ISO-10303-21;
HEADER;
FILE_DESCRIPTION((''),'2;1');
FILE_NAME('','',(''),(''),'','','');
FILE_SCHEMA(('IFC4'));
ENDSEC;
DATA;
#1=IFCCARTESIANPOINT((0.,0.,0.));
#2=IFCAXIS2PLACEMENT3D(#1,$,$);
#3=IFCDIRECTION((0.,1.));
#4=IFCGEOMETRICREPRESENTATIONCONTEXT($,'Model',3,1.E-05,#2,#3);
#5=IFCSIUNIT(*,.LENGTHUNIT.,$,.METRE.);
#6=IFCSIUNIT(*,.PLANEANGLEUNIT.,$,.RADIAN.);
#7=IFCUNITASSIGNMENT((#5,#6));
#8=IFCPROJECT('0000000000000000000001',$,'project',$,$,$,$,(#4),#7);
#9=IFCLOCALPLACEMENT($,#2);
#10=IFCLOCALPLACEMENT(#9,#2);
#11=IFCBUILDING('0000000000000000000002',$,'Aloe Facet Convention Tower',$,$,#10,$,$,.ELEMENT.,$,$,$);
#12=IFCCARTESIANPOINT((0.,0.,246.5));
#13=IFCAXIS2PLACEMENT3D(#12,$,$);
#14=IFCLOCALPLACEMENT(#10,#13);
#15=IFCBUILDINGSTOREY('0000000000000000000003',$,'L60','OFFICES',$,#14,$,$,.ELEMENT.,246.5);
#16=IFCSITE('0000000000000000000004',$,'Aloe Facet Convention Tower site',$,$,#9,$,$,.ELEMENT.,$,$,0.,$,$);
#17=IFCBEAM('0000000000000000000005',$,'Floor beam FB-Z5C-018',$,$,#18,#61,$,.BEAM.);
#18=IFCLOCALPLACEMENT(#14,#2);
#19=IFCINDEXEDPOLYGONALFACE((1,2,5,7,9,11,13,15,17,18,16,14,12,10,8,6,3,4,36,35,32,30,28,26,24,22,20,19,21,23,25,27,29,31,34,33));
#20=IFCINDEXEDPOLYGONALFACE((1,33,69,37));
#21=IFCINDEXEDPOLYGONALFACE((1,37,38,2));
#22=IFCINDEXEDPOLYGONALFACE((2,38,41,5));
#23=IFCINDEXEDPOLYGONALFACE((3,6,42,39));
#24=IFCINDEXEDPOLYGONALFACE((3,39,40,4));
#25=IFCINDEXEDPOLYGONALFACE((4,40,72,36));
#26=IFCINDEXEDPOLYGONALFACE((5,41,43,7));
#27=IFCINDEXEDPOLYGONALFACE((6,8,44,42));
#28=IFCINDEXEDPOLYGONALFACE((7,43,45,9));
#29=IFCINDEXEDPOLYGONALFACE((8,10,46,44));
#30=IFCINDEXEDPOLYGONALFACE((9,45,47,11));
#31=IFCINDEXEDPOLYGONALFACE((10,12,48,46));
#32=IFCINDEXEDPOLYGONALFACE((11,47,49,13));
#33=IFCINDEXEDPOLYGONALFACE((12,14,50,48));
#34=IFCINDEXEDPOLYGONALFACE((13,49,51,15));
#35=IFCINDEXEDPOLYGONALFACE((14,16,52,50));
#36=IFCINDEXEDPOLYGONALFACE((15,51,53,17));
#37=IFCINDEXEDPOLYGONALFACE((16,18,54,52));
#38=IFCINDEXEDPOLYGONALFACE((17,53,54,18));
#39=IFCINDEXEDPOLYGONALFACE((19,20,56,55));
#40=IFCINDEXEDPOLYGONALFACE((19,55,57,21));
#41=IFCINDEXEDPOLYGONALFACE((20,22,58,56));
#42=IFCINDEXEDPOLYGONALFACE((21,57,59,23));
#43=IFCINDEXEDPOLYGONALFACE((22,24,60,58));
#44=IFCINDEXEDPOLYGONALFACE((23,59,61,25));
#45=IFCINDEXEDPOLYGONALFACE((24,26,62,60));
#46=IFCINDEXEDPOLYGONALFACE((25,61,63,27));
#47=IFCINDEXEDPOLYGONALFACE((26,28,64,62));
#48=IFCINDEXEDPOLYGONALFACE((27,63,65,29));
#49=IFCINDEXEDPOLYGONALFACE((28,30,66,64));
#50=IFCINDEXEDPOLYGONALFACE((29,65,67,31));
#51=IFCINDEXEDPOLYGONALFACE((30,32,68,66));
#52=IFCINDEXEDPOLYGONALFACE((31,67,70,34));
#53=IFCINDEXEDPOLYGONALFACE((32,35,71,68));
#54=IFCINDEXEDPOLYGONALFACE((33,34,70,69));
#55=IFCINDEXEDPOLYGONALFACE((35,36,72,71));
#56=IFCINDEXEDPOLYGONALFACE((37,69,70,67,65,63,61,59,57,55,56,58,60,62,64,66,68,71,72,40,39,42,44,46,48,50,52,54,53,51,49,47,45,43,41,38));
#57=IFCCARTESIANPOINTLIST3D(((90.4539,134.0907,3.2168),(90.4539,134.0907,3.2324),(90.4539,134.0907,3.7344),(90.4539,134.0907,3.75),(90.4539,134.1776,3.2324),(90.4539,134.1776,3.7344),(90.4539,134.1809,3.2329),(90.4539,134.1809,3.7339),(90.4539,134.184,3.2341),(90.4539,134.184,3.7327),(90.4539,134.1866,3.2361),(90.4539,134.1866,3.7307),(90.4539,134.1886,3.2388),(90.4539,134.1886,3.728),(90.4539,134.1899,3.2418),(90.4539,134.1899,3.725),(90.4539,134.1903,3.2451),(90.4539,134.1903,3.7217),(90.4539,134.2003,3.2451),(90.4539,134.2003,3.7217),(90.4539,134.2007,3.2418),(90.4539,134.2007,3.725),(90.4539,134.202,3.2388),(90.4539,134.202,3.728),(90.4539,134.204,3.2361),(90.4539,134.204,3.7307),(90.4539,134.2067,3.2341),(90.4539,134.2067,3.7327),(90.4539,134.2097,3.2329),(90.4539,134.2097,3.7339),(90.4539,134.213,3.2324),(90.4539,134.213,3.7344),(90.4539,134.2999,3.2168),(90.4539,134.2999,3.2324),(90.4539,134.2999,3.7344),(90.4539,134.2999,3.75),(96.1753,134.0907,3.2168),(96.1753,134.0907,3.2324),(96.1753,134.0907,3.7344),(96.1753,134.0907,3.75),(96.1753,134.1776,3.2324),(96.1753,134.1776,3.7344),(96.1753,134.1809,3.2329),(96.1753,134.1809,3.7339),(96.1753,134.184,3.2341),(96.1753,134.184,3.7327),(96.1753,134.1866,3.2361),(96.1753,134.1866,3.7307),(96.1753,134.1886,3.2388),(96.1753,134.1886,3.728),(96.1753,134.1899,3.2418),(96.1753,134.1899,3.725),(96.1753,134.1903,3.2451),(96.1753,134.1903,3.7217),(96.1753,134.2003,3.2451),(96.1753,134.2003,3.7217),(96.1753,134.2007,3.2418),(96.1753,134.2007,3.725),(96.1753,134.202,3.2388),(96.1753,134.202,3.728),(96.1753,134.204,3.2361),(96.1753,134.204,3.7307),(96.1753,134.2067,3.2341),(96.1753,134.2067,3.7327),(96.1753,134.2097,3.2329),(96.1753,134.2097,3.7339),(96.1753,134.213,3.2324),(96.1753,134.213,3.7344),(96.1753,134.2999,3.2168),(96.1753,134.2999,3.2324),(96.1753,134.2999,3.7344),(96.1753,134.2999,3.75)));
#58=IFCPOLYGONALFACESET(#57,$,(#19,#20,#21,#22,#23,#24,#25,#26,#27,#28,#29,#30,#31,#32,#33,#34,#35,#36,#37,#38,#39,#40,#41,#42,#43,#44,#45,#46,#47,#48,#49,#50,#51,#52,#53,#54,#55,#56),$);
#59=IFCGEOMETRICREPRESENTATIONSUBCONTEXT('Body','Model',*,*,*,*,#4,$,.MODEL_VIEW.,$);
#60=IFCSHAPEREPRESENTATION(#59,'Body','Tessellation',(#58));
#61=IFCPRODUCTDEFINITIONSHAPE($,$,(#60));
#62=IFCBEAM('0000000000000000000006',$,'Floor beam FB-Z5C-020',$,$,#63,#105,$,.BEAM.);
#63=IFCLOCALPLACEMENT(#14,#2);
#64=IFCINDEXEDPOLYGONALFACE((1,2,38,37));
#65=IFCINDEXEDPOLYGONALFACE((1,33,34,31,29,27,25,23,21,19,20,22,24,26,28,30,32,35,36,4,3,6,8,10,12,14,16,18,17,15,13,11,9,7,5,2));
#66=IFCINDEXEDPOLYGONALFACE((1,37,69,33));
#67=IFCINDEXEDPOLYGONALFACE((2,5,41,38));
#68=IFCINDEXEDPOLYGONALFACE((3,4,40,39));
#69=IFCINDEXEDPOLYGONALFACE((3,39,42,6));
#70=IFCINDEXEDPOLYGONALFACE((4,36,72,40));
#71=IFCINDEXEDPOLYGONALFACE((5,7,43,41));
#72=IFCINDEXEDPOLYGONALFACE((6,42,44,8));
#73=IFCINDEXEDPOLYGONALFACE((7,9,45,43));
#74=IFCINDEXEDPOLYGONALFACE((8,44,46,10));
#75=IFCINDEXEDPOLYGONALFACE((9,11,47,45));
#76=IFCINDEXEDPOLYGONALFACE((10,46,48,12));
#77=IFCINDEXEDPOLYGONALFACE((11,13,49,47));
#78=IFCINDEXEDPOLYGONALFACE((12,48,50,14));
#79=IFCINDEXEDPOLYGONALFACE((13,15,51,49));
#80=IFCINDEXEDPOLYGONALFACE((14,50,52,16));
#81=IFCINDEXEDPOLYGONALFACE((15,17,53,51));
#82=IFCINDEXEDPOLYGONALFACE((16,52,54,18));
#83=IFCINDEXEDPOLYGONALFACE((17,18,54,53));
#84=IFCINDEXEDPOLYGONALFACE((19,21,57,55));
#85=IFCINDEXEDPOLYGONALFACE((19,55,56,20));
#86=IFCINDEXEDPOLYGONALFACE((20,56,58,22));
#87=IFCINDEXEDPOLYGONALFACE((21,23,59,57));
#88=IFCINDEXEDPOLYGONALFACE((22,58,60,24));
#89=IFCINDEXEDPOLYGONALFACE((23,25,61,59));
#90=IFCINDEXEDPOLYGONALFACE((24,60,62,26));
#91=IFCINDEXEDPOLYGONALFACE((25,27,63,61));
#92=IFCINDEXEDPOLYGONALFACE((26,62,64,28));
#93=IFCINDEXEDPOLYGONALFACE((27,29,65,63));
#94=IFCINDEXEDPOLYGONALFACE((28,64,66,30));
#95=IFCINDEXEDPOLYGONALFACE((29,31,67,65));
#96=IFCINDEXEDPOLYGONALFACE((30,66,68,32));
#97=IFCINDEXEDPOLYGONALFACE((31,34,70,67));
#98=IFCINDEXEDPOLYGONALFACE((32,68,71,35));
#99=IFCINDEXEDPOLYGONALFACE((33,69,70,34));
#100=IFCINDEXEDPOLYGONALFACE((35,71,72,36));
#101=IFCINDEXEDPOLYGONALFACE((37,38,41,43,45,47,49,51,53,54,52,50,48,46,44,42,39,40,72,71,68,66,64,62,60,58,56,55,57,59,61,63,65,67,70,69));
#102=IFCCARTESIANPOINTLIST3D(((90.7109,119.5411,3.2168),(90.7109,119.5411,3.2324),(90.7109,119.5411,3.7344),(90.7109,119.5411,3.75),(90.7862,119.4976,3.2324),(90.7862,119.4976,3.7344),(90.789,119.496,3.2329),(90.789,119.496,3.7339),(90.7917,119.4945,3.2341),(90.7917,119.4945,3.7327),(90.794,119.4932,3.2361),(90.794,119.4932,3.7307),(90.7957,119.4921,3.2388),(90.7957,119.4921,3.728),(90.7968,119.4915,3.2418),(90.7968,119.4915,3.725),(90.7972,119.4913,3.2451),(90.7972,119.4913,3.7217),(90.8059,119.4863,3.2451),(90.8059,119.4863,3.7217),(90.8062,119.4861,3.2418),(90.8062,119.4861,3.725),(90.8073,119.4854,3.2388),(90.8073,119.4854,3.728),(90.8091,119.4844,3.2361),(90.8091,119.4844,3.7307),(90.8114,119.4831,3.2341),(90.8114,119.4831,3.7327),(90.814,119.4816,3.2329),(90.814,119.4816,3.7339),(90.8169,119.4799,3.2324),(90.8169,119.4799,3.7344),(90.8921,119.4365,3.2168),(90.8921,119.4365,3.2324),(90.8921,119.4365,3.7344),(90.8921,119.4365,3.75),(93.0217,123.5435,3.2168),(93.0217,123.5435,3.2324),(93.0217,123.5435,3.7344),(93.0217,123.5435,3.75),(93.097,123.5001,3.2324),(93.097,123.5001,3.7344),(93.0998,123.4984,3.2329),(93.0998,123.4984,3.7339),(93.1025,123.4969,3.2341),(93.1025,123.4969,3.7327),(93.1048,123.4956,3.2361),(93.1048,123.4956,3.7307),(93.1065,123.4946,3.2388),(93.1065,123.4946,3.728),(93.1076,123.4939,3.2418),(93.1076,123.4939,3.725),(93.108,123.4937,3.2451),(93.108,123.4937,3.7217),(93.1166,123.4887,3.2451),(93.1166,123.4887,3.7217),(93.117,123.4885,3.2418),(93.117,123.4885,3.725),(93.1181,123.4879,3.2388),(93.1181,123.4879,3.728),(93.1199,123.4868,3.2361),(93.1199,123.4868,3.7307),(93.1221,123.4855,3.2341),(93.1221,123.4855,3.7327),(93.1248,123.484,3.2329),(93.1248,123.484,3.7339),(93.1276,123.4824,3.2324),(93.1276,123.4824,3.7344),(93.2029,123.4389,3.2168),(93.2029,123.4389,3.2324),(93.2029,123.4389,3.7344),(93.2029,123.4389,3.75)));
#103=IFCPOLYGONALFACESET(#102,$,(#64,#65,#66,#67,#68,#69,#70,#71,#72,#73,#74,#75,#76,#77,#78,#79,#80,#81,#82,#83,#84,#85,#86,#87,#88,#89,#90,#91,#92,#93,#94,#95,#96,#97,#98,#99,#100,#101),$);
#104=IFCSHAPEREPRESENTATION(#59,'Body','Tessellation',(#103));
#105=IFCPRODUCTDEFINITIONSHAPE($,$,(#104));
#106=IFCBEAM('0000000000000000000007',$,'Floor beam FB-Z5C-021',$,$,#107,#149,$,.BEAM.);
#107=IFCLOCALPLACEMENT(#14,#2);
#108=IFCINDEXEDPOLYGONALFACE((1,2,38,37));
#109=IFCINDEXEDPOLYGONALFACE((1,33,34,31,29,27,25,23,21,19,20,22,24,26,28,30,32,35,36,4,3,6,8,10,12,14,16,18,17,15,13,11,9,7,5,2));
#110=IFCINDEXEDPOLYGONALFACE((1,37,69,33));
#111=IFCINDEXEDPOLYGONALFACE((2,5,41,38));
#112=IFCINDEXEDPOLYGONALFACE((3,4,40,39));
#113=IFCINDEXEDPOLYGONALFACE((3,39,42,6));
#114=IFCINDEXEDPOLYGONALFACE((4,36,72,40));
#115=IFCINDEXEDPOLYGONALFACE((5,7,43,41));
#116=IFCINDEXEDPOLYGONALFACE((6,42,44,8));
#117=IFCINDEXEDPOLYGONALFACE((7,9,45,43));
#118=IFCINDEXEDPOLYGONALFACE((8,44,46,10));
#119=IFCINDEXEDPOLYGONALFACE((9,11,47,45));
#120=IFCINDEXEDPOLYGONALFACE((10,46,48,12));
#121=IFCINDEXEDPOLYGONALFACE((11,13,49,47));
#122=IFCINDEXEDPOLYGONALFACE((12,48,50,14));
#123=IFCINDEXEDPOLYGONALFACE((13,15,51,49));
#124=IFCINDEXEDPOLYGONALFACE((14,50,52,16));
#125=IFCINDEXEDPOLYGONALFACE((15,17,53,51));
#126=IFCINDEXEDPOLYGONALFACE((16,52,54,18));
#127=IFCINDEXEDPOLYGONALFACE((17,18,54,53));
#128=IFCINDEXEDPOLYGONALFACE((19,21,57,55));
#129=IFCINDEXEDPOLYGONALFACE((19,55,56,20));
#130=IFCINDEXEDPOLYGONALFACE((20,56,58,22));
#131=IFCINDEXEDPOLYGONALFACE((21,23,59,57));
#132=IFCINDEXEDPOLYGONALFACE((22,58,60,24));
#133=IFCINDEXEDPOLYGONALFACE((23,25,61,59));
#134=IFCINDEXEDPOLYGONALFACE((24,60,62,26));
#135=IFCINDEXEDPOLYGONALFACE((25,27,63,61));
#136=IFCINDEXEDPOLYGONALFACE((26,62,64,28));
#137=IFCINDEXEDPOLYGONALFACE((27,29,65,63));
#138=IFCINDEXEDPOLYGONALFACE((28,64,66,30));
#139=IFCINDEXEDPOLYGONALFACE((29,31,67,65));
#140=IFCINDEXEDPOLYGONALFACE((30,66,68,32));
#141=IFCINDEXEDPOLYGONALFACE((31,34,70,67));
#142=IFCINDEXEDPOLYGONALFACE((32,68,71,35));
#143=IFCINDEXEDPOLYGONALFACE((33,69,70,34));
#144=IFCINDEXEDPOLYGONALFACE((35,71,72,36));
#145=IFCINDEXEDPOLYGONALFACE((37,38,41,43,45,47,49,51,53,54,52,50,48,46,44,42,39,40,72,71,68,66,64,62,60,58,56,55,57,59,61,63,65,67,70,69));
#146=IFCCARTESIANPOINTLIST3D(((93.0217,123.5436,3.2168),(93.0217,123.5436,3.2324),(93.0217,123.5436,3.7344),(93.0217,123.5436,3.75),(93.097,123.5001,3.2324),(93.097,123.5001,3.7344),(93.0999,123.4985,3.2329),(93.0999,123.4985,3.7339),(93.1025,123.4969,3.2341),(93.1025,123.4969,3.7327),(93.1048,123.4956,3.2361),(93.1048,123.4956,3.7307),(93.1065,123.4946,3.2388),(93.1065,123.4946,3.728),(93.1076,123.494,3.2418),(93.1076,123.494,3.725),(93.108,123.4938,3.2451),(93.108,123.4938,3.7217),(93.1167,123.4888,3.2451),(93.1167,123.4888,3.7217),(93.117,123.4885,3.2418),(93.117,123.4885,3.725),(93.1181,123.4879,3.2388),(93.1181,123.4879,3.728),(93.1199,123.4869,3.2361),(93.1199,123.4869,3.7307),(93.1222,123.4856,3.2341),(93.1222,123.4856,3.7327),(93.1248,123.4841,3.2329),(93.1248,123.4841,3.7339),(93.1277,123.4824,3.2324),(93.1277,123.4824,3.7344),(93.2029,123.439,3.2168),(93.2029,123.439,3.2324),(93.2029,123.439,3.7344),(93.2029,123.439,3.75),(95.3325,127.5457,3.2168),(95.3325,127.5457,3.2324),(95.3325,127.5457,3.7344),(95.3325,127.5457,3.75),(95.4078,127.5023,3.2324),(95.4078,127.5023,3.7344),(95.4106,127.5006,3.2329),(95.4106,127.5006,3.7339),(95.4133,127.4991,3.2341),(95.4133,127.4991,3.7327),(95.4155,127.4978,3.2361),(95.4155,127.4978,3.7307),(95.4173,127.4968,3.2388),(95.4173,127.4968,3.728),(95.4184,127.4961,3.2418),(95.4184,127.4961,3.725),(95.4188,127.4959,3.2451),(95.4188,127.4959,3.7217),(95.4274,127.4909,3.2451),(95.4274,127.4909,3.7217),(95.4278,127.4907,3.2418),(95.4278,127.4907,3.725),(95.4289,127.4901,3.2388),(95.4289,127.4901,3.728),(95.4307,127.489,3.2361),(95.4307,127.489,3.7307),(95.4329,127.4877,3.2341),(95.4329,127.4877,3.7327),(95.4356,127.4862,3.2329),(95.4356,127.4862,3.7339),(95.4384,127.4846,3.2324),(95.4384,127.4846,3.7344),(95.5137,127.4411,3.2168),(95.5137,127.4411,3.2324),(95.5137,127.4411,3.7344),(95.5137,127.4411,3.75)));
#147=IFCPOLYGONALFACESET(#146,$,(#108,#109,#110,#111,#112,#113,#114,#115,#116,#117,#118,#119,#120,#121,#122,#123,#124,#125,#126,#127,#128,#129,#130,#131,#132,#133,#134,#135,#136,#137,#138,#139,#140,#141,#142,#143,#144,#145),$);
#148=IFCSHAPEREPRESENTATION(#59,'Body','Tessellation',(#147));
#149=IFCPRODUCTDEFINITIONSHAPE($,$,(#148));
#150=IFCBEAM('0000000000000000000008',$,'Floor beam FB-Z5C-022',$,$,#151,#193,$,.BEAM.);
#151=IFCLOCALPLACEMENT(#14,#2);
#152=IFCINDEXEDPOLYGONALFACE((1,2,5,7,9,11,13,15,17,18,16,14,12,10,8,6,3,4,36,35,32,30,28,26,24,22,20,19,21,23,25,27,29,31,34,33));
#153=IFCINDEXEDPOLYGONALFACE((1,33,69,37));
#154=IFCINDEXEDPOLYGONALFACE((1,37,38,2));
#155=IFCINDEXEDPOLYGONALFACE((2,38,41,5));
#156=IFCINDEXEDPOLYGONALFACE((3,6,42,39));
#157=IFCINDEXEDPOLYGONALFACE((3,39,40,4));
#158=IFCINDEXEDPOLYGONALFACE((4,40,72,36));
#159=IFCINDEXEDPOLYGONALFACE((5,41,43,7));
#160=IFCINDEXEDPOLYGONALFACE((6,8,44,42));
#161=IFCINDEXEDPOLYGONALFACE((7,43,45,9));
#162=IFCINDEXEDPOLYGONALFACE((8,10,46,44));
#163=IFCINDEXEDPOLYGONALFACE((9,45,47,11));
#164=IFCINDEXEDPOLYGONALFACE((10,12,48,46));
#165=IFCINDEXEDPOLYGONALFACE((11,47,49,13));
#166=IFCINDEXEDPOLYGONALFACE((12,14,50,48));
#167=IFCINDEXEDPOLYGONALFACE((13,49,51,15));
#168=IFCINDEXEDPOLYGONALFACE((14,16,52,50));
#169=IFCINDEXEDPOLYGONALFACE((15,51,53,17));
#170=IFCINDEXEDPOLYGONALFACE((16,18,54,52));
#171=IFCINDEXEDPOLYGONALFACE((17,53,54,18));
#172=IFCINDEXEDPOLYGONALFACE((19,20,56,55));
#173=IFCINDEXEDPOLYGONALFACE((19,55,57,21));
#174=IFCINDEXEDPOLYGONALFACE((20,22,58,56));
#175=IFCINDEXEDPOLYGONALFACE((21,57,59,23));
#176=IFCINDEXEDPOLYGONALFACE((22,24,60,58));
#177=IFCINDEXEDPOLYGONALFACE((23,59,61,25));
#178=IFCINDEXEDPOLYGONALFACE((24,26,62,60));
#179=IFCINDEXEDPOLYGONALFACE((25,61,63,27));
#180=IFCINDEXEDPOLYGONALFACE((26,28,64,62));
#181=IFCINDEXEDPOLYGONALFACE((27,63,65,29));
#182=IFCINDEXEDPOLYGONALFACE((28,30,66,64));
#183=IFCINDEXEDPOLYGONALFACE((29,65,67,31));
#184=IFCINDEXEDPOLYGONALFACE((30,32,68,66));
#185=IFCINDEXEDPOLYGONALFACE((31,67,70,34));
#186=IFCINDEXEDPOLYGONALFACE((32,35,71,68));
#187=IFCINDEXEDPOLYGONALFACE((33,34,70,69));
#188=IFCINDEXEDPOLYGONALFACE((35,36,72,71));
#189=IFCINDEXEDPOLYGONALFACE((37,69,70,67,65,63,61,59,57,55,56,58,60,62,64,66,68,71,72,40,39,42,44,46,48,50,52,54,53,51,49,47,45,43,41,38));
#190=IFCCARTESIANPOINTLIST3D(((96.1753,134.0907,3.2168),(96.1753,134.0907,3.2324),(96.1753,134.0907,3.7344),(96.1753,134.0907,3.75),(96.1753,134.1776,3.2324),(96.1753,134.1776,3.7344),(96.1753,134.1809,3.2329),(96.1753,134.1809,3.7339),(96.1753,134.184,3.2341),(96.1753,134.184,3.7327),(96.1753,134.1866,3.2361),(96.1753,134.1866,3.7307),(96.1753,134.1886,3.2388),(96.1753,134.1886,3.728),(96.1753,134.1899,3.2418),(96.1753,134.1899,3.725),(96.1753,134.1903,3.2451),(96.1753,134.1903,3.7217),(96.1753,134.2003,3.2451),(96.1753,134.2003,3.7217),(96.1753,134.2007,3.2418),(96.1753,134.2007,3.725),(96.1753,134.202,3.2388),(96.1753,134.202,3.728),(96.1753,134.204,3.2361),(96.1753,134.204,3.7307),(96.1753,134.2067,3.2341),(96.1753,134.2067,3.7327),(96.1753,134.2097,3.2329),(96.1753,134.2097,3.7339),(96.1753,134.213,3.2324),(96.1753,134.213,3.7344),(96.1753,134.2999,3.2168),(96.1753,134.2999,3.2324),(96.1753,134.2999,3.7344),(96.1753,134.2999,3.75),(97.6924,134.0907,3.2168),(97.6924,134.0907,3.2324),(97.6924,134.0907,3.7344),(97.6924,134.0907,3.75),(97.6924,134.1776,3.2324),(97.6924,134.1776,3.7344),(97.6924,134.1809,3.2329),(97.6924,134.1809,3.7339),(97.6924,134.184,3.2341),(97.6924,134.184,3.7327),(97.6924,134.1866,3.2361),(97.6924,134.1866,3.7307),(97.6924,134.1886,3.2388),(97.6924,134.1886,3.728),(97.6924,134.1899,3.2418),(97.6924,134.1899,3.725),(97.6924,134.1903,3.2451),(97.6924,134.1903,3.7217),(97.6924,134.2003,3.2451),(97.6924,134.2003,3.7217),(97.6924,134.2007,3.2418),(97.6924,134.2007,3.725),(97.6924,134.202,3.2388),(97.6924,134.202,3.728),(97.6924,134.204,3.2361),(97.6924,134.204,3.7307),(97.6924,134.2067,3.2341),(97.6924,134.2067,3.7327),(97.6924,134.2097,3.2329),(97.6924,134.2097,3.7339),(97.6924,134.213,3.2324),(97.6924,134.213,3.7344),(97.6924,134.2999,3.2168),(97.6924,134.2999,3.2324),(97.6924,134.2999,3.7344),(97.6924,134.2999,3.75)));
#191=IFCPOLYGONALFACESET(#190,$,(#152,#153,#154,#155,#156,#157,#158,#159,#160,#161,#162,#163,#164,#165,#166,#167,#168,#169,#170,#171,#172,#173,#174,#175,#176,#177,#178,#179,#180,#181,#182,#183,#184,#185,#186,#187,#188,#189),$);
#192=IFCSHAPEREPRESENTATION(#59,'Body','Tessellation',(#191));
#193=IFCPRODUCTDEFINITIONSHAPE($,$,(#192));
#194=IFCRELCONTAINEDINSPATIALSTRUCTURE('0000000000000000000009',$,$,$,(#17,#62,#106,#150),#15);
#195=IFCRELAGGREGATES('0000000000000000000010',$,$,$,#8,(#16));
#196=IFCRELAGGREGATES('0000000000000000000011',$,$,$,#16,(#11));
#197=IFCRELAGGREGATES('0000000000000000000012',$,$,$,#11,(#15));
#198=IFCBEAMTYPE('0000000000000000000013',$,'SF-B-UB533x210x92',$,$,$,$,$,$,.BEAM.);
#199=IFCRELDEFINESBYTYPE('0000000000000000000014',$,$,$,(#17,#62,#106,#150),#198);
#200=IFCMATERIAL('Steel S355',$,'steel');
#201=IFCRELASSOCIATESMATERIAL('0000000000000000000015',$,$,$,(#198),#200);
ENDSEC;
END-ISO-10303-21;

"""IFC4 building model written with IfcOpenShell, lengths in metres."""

from ifc_helpers import new_model, si_unit, direction, frame, origin, origin_2d, place, context, subcontext, project, spatial, i_section, extrude, material, material_profile, profile_set, type_object, element, save


model = new_model("IFC4")

# Units and contexts
model_context = context("Model", 3, precision=1e-05, world=origin(), true_north=direction((0.0, 1.0)))
body_context = subcontext(model_context, "Body", "Model", "MODEL_VIEW")
ifc_project = project(units=[si_unit("LENGTHUNIT", "METRE"), si_unit("PLANEANGLEUNIT", "RADIAN")], contexts=[model_context])

# Site, building, storey
site_placement = place(None, origin())
site = spatial("IfcSite", under=ifc_project, at=site_placement, Name="Aloe Facet Convention Tower site", CompositionType="ELEMENT", RefElevation=0.0)
building_placement = place(site_placement, origin())
building = spatial("IfcBuilding", under=site, at=building_placement, Name="Aloe Facet Convention Tower", CompositionType="ELEMENT")
storey_placement = place(building_placement, frame((0.0, 0.0, 246.5)))
storey = spatial("IfcBuildingStorey", under=building, at=storey_placement, Name="L60", Description="OFFICES", CompositionType="ELEMENT", Elevation=246.5)

# Beams
ifc_material_1 = material(Name="Steel S355", Category="steel")
ifc_material_profile_1 = material_profile(ifc_material_1, i_section(OverallWidth=0.2092, OverallDepth=0.5332, WebThickness=0.01, FlangeThickness=0.0156, FilletRadius=0.0127, at=origin_2d()), Name="UB 533x210x92")
ifc_profile_set_1 = profile_set([ifc_material_profile_1], Name="Steel S355")
beam_type_1 = type_object("IfcBeamType", Name="SF-B-UB533x210x92", PredefinedType="BEAM", material=ifc_profile_set_1)
beam_1_placement = place(storey_placement, frame((90.4539, 134.1953, 3.4834), z_axis=(1.0, 0.0, 0.0), x_axis=(0.0, 1.0, 0.0)))
element("IfcBeam", 1, at=beam_1_placement, inside=storey, type_object=beam_type_1, Name="Floor beam FB-Z5C-018", PredefinedType="BEAM", context=body_context, shape_type="SweptSolid", body=[
    extrude(i_section(OverallWidth=0.2092, OverallDepth=0.5332, WebThickness=0.01, FlangeThickness=0.0156, FilletRadius=0.0127, at=origin_2d()), origin(), (0.0, 0.0, 1.0), 5.7214),
])
beam_2_placement = place(storey_placement, frame((93.1123, 123.4912, 3.4834), z_axis=(-0.499997, -0.866027, 0.0), x_axis=(0.866027, -0.499997, 0.0)))
element("IfcBeam", 2, at=beam_2_placement, inside=storey, type_object=beam_type_1, Name="Floor beam FB-Z5C-020", PredefinedType="BEAM", context=body_context, shape_type="SweptSolid", body=[
    extrude(i_section(OverallWidth=0.2092, OverallDepth=0.5332, WebThickness=0.01, FlangeThickness=0.0156, FilletRadius=0.0127, at=origin_2d()), origin(), (0.0, 0.0, 1.0), 4.6216),
])
beam_3_placement = place(storey_placement, frame((95.4231, 127.4934, 3.4834), z_axis=(-0.50002, -0.866014, 0.0), x_axis=(0.866014, -0.50002, 0.0)))
element("IfcBeam", 3, at=beam_3_placement, inside=storey, type_object=beam_type_1, Name="Floor beam FB-Z5C-021", PredefinedType="BEAM", context=body_context, shape_type="SweptSolid", body=[
    extrude(i_section(OverallWidth=0.2092, OverallDepth=0.5332, WebThickness=0.01, FlangeThickness=0.0156, FilletRadius=0.0127, at=origin_2d()), origin(), (0.0, 0.0, 1.0), 4.6213),
])
beam_4_placement = place(storey_placement, frame((96.1753, 134.1953, 3.4834), z_axis=(1.0, 0.0, 0.0), x_axis=(0.0, 1.0, 0.0)))
element("IfcBeam", 4, at=beam_4_placement, inside=storey, type_object=beam_type_1, Name="Floor beam FB-Z5C-022", PredefinedType="BEAM", context=body_context, shape_type="SweptSolid", body=[
    extrude(i_section(OverallWidth=0.2092, OverallDepth=0.5332, WebThickness=0.01, FlangeThickness=0.0156, FilletRadius=0.0127, at=origin_2d()), origin(), (0.0, 0.0, 1.0), 1.5171),
])

save(model, "model.ifc")
